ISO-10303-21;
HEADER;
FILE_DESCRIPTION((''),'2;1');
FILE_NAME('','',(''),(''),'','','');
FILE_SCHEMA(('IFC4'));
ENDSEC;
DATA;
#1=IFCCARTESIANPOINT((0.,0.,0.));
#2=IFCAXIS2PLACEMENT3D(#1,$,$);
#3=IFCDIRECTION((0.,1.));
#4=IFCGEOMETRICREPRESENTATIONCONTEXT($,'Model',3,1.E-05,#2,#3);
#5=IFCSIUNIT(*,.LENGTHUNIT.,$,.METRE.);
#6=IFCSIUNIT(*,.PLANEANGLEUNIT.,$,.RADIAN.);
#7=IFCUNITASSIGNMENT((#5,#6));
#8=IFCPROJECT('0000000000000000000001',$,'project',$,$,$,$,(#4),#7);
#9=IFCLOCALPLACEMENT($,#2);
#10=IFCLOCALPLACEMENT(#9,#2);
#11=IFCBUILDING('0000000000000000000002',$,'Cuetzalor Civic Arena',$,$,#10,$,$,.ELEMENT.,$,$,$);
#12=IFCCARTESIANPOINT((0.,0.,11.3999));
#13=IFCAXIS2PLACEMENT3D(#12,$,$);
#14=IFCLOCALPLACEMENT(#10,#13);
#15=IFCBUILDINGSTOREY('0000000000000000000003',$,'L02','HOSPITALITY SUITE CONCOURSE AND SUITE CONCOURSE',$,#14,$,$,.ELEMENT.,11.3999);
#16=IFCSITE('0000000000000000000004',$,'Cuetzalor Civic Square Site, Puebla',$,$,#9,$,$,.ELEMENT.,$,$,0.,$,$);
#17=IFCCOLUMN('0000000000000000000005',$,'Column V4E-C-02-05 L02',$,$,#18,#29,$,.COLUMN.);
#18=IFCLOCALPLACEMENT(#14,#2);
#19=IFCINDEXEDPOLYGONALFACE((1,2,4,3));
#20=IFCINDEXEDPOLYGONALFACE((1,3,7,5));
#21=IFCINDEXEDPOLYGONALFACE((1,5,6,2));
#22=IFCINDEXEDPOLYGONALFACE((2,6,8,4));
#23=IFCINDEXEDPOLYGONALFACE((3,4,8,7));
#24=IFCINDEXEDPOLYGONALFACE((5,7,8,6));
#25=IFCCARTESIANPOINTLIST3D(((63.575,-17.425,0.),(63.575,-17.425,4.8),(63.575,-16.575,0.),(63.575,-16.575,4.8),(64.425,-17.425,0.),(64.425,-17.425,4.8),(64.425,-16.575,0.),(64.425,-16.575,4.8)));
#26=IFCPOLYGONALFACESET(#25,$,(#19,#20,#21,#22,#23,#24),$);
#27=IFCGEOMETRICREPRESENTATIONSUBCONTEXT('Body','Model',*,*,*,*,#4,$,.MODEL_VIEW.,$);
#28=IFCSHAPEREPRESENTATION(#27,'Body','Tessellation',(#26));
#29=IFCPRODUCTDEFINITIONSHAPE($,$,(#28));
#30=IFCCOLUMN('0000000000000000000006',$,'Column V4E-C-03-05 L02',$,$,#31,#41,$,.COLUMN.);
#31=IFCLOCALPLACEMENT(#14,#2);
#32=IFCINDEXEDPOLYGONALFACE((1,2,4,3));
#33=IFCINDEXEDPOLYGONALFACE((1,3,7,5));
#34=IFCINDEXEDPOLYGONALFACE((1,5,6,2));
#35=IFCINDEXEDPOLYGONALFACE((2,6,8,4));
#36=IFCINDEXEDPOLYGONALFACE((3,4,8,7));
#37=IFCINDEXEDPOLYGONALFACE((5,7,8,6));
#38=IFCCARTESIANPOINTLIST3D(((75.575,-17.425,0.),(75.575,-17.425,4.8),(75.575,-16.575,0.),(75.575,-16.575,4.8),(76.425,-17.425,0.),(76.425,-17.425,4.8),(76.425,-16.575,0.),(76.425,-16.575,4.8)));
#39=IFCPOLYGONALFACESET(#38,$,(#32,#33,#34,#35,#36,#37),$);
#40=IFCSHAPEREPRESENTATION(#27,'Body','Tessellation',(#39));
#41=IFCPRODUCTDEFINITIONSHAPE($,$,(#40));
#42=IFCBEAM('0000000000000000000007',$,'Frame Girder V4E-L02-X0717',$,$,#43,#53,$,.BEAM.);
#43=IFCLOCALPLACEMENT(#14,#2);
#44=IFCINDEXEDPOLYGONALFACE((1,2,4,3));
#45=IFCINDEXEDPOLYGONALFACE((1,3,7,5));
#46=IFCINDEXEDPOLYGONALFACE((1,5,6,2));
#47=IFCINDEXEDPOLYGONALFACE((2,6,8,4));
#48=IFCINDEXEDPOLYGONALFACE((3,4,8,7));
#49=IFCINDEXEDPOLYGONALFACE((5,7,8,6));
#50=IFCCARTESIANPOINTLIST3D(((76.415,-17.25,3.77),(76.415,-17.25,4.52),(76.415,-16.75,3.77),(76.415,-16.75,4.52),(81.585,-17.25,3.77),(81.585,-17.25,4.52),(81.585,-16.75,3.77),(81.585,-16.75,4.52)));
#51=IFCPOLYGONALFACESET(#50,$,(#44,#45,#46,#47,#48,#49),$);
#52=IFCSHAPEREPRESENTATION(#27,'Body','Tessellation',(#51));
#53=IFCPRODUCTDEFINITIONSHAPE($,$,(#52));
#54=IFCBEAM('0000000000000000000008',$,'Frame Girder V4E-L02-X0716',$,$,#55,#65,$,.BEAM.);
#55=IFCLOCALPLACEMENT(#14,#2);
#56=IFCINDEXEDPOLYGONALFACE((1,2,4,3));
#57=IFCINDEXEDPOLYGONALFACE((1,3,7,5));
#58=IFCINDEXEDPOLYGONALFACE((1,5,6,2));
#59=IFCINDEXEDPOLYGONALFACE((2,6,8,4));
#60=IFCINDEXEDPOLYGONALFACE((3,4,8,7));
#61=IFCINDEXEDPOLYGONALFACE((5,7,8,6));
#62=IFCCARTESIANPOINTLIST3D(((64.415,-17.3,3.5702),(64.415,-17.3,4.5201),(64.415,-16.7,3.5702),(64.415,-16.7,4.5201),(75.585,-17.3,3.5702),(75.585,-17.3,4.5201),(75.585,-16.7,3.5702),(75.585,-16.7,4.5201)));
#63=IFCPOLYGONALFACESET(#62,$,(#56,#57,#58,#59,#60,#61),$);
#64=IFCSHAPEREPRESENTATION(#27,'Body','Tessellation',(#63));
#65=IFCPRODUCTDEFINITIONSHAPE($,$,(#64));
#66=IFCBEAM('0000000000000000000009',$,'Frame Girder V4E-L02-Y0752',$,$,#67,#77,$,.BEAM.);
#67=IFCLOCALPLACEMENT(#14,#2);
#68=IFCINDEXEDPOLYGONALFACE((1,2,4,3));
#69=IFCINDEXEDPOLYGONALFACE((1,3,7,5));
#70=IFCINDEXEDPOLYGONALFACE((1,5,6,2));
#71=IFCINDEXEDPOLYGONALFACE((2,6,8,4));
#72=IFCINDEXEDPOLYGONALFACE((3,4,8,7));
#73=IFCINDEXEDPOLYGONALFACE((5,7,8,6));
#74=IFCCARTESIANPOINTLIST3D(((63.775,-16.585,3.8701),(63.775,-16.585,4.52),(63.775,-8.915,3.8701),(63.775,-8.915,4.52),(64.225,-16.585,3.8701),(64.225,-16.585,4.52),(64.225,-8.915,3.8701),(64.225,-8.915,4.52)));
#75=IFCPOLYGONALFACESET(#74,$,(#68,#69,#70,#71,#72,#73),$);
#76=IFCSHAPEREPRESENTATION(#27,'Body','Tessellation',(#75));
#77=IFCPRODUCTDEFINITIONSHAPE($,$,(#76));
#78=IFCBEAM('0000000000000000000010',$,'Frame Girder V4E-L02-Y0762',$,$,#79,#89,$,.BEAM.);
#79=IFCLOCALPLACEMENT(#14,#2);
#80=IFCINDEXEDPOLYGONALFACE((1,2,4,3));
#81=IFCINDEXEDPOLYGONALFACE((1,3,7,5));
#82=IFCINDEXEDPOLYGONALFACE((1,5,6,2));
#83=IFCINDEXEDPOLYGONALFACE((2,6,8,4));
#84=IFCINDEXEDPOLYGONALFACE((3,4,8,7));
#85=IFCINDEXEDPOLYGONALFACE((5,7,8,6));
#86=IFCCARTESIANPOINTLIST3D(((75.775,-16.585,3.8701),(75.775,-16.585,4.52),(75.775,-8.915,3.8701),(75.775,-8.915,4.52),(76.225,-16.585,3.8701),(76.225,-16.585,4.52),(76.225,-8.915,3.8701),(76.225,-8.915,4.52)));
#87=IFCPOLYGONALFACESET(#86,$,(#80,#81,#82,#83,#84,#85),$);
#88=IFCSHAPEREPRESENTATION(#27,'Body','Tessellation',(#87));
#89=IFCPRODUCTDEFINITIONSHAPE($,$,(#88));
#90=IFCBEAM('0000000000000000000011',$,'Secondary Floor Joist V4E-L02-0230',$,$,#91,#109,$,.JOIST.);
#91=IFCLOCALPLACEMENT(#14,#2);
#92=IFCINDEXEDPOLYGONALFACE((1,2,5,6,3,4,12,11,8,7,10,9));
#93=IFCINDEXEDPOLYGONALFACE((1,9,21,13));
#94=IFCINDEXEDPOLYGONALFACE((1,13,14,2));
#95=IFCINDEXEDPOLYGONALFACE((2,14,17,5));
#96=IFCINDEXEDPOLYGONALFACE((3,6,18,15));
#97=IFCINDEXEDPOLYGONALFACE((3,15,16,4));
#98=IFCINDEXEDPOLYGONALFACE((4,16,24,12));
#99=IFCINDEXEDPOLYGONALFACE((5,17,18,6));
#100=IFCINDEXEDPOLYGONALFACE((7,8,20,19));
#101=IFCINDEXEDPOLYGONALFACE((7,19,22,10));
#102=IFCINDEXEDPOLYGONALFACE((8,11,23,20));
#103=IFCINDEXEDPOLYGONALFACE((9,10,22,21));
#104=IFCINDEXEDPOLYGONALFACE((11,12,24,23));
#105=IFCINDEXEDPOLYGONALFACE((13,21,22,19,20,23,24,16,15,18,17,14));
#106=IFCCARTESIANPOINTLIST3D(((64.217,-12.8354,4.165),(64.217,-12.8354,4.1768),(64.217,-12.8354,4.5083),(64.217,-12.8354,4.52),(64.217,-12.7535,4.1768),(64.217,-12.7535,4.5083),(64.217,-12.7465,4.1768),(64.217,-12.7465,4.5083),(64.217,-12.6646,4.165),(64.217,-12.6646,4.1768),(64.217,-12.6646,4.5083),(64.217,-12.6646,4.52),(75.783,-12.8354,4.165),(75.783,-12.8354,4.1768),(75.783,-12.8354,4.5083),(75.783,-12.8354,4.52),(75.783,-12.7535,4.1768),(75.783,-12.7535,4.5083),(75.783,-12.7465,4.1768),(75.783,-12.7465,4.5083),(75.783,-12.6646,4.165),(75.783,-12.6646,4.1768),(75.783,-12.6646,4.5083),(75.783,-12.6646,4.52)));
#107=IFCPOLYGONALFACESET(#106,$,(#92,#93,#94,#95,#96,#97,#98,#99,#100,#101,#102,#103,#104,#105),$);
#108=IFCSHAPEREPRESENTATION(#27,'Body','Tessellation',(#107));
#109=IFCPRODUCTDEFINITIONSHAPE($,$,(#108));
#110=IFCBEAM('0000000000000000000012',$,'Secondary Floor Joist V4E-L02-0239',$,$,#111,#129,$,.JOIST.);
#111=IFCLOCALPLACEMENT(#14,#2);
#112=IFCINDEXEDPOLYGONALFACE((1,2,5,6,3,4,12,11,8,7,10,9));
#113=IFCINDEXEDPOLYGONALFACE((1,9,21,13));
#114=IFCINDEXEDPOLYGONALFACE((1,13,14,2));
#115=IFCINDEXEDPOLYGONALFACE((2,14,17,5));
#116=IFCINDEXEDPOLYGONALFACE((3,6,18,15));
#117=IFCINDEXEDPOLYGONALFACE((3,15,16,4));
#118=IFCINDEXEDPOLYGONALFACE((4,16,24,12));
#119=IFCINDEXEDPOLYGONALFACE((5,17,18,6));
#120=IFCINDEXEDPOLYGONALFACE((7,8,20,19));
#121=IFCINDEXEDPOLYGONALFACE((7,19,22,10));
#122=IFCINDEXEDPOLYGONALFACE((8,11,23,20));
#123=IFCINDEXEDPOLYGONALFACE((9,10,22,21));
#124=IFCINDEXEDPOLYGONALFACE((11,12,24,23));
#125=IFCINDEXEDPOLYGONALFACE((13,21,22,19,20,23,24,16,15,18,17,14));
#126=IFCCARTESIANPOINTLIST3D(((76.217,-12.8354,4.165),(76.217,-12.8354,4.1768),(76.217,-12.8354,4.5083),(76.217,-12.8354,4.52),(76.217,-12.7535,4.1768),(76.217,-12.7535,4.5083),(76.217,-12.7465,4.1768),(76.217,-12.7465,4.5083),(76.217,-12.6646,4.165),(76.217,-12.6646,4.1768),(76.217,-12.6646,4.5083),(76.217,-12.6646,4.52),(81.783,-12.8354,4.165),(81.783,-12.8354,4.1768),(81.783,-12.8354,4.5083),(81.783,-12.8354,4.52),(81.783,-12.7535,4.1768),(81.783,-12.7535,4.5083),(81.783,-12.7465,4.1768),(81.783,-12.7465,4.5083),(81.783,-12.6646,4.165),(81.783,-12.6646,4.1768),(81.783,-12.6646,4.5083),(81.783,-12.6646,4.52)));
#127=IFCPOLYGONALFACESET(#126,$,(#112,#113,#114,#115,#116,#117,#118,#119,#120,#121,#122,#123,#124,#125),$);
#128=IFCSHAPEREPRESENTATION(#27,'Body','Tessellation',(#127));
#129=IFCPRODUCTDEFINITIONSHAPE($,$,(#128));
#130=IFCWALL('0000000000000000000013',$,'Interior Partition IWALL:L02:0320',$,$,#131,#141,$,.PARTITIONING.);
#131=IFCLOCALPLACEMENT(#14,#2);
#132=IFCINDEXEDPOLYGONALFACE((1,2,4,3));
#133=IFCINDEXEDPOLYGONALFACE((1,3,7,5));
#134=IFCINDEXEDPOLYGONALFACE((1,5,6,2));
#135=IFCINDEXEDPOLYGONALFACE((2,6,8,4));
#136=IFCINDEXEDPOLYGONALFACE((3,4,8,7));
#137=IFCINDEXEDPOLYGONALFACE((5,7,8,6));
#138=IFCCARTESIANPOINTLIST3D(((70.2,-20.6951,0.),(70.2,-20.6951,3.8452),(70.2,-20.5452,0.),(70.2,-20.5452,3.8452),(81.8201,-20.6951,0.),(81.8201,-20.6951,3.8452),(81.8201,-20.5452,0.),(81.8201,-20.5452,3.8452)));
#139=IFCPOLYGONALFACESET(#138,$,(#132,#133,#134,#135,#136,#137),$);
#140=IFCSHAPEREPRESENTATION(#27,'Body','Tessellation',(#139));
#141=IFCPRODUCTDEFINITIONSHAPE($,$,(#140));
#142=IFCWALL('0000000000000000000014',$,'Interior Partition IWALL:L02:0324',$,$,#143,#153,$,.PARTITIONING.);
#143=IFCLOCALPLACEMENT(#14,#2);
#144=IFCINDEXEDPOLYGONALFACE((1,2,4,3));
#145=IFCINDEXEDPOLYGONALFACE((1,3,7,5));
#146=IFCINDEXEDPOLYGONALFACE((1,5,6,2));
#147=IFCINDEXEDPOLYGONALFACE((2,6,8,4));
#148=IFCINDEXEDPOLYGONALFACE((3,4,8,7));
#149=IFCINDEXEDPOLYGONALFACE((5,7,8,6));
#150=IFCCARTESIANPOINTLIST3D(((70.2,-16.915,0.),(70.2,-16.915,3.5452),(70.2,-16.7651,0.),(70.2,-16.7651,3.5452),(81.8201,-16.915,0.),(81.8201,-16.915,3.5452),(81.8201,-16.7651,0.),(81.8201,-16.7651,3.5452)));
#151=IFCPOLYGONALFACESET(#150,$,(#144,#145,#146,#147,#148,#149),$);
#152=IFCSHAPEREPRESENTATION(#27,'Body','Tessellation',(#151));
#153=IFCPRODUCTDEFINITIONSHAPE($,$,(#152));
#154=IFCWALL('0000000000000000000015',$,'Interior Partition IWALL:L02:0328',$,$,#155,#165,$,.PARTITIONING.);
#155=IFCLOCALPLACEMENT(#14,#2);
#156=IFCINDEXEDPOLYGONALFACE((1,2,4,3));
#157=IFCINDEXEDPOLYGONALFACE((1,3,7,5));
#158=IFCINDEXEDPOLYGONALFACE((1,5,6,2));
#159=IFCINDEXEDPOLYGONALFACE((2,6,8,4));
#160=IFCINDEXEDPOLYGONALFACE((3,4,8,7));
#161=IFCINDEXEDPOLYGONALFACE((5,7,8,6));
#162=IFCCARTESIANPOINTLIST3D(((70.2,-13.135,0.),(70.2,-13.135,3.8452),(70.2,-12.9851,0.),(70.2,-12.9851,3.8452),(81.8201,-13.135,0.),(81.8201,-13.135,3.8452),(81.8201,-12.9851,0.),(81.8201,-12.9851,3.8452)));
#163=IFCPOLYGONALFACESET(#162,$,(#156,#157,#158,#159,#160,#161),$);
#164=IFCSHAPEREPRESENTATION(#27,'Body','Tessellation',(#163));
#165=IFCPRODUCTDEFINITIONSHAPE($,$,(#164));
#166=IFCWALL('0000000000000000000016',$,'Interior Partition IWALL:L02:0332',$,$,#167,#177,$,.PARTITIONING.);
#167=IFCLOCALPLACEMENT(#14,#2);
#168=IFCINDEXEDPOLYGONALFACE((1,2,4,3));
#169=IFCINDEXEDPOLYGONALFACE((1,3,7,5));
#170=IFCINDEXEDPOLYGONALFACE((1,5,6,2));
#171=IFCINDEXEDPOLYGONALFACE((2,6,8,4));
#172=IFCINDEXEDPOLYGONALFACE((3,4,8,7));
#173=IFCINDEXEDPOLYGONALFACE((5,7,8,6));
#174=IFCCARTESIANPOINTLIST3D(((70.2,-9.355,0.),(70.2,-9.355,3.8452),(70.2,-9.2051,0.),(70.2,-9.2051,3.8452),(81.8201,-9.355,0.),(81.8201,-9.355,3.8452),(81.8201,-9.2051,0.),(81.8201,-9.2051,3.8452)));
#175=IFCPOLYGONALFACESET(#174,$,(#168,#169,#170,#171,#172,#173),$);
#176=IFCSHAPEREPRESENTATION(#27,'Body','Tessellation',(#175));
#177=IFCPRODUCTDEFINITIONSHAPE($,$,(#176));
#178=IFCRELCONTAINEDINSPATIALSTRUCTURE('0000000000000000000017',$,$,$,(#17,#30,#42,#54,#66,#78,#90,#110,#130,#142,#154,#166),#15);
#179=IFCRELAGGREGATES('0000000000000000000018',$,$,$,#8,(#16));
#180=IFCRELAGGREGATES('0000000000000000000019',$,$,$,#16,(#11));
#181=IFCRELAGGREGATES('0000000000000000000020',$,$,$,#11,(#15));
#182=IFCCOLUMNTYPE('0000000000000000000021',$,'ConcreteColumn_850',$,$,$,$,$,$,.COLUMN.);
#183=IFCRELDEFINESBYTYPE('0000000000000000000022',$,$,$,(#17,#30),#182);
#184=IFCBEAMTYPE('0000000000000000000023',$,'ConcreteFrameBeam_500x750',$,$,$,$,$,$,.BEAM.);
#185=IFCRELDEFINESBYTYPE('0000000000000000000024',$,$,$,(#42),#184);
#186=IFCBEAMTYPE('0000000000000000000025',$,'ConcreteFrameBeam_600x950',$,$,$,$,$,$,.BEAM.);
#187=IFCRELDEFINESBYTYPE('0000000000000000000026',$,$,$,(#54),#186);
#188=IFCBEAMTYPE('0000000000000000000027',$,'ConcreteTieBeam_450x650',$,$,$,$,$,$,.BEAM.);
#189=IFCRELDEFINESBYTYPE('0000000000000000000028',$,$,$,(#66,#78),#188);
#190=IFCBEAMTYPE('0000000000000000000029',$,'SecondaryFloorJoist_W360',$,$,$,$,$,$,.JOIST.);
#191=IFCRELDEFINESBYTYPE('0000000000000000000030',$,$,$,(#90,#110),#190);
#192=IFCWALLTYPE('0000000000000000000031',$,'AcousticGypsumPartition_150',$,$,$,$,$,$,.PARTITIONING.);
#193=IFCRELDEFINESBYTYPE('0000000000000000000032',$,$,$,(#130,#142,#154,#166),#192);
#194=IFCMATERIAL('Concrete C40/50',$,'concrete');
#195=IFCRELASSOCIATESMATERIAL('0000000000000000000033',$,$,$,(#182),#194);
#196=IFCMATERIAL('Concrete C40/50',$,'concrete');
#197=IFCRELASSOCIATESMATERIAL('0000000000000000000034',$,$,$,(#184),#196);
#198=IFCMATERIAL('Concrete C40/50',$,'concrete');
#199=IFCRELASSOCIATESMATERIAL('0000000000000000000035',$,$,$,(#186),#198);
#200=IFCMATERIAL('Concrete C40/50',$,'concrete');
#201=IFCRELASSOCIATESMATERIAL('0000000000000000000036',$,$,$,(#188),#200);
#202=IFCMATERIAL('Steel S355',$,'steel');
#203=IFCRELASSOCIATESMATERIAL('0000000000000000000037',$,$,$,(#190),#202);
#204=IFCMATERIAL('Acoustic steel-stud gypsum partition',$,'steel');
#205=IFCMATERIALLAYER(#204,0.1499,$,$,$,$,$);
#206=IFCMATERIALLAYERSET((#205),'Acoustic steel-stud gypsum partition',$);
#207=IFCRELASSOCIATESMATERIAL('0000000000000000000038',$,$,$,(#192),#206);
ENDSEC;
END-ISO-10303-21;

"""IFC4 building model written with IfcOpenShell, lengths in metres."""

from ifc_helpers import new_model, si_unit, direction, frame, frame_2d, origin, origin_2d, place, context, subcontext, project, spatial, rectangle, i_section, extrude, material, layer, layer_set, material_profile, profile_set, type_object, element, save


model = new_model("IFC4")

# Units and contexts
model_context = context("Model", 3, precision=1e-05, world=origin(), true_north=direction((0.0, 1.0)))
body_context = subcontext(model_context, "Body", "Model", "MODEL_VIEW")
ifc_project = project(units=[si_unit("LENGTHUNIT", "METRE"), si_unit("PLANEANGLEUNIT", "RADIAN")], contexts=[model_context])

# Site, building, storey
site_placement = place(None, origin())
site = spatial("IfcSite", under=ifc_project, at=site_placement, Name="Cuetzalor Civic Square Site, Puebla", CompositionType="ELEMENT", RefElevation=0.0)
building_placement = place(site_placement, origin())
building = spatial("IfcBuilding", under=site, at=building_placement, Name="Cuetzalor Civic Arena", CompositionType="ELEMENT")
storey_placement = place(building_placement, frame((0.0, 0.0, 11.3999)))
storey = spatial("IfcBuildingStorey", under=building, at=storey_placement, Name="L02", Description="HOSPITALITY SUITE CONCOURSE AND SUITE CONCOURSE", CompositionType="ELEMENT", Elevation=11.3999)

# Columns
ifc_material_1 = material(Name="Concrete C40/50", Category="concrete")
ifc_material_profile_1 = material_profile(ifc_material_1, rectangle(XDim=0.8501, YDim=0.8501, at=origin_2d()), Name="RC 850x850")
ifc_profile_set_1 = profile_set([ifc_material_profile_1], Name="Concrete C40/50")
column_type = type_object("IfcColumnType", Name="ConcreteColumn_850", PredefinedType="COLUMN", material=ifc_profile_set_1)
for number, where, z_axis, x_axis, name in (
    (1, (64.0, -17.0, 0.0), (0.0, 0.0, 1.0), (1.0, 0.0, 0.0), "Column V4E-C-02-05 L02"),
    (2, (76.0, -17.0, 0.0), (0.0, 0.0, 1.0), (1.0, 0.0, 0.0), "Column V4E-C-03-05 L02"),
):
    element("IfcColumn", number, at=place(storey_placement, frame(where, z_axis=z_axis, x_axis=x_axis)), inside=storey, type_object=column_type, Name=name, PredefinedType="COLUMN", context=body_context, shape_type="SweptSolid", body=[
        extrude(rectangle(XDim=0.8501, YDim=0.8501, at=origin_2d()), origin(), (0.0, 0.0, 1.0), 4.8),
    ])

# Beams
ifc_material_2 = material(Name="Concrete C40/50", Category="concrete")
ifc_material_profile_2 = material_profile(ifc_material_2, rectangle(XDim=0.5, YDim=0.75, at=origin_2d()), Name="RC 500x750")
ifc_profile_set_2 = profile_set([ifc_material_profile_2], Name="Concrete C40/50")
beam_type_1 = type_object("IfcBeamType", Name="ConcreteFrameBeam_500x750", PredefinedType="BEAM", material=ifc_profile_set_2)
beam_1_placement = place(storey_placement, frame((76.415, -17.0, 4.145), z_axis=(1.0, 0.0, 0.0), x_axis=(0.0, 1.0, 0.0)))
element("IfcBeam", 3, at=beam_1_placement, inside=storey, type_object=beam_type_1, Name="Frame Girder V4E-L02-X0717", PredefinedType="BEAM", context=body_context, shape_type="SweptSolid", body=[
    extrude(rectangle(XDim=0.5, YDim=0.75, at=origin_2d()), origin(), (0.0, 0.0, 1.0), 5.1699),
])
ifc_material_3 = material(Name="Concrete C40/50", Category="concrete")
ifc_material_profile_3 = material_profile(ifc_material_3, rectangle(XDim=0.6001, YDim=0.95, at=origin_2d()), Name="RC 600x950")
ifc_profile_set_3 = profile_set([ifc_material_profile_3], Name="Concrete C40/50")
beam_type_2 = type_object("IfcBeamType", Name="ConcreteFrameBeam_600x950", PredefinedType="BEAM", material=ifc_profile_set_3)
beam_2_placement = place(storey_placement, frame((64.415, -17.0, 4.0452), z_axis=(1.0, 0.0, 0.0), x_axis=(0.0, 1.0, 0.0)))
element("IfcBeam", 4, at=beam_2_placement, inside=storey, type_object=beam_type_2, Name="Frame Girder V4E-L02-X0716", PredefinedType="BEAM", context=body_context, shape_type="SweptSolid", body=[
    extrude(rectangle(XDim=0.6001, YDim=0.95, at=origin_2d()), origin(), (0.0, 0.0, 1.0), 11.1699),
])
ifc_material_4 = material(Name="Concrete C40/50", Category="concrete")
ifc_material_profile_4 = material_profile(ifc_material_4, rectangle(XDim=0.45, YDim=0.6499, at=origin_2d()), Name="RC 450x650")
ifc_profile_set_4 = profile_set([ifc_material_profile_4], Name="Concrete C40/50")
beam_type_3 = type_object("IfcBeamType", Name="ConcreteTieBeam_450x650", PredefinedType="BEAM", material=ifc_profile_set_4)
for number, where, z_axis, x_axis, name in (
    (5, (64.0, -16.585, 4.1951), (0.0, 1.0, 0.0), (-1.0, 0.0, 0.0), "Frame Girder V4E-L02-Y0752"),
    (6, (76.0, -16.585, 4.1951), (0.0, 1.0, 0.0), (-1.0, 0.0, 0.0), "Frame Girder V4E-L02-Y0762"),
):
    element("IfcBeam", number, at=place(storey_placement, frame(where, z_axis=z_axis, x_axis=x_axis)), inside=storey, type_object=beam_type_3, Name=name, PredefinedType="BEAM", context=body_context, shape_type="SweptSolid", body=[
        extrude(rectangle(XDim=0.45, YDim=0.6499, at=origin_2d()), origin(), (0.0, 0.0, 1.0), 7.6699),
    ])
ifc_material_5 = material(Name="Steel S355", Category="steel")
ifc_material_profile_5 = material_profile(ifc_material_5, i_section(OverallWidth=0.1709, OverallDepth=0.355, WebThickness=0.0071, FlangeThickness=0.0117, at=origin_2d()), Name="W360x51")
ifc_profile_set_5 = profile_set([ifc_material_profile_5], Name="Steel S355")
beam_type_4 = type_object("IfcBeamType", Name="SecondaryFloorJoist_W360", PredefinedType="JOIST", material=ifc_profile_set_5)
beam_3_placement = place(storey_placement, frame((64.217, -12.75, 4.3425), z_axis=(1.0, 0.0, 0.0), x_axis=(0.0, 1.0, 0.0)))
element("IfcBeam", 7, at=beam_3_placement, inside=storey, type_object=beam_type_4, Name="Secondary Floor Joist V4E-L02-0230", PredefinedType="JOIST", context=body_context, shape_type="SweptSolid", body=[
    extrude(i_section(OverallWidth=0.1709, OverallDepth=0.355, WebThickness=0.0071, FlangeThickness=0.0117, at=origin_2d()), origin(), (0.0, 0.0, 1.0), 11.5659),
])
beam_4_placement = place(storey_placement, frame((76.217, -12.75, 4.3425), z_axis=(1.0, 0.0, 0.0), x_axis=(0.0, 1.0, 0.0)))
element("IfcBeam", 8, at=beam_4_placement, inside=storey, type_object=beam_type_4, Name="Secondary Floor Joist V4E-L02-0239", PredefinedType="JOIST", context=body_context, shape_type="SweptSolid", body=[
    extrude(i_section(OverallWidth=0.1709, OverallDepth=0.355, WebThickness=0.0071, FlangeThickness=0.0117, at=origin_2d()), origin(), (0.0, 0.0, 1.0), 5.5659),
])

# Walls
ifc_material_6 = material(Name="Acoustic steel-stud gypsum partition", Category="steel")
ifc_layer_1 = layer(ifc_material_6, 0.1499)
ifc_layer_set_1 = layer_set([ifc_layer_1], Name="Acoustic steel-stud gypsum partition")
wall_type_1 = type_object("IfcWallType", Name="AcousticGypsumPartition_150", PredefinedType="PARTITIONING", material=ifc_layer_set_1)
wall_1_placement = place(storey_placement, frame((70.2, -20.6201, 0.0), z_axis=(0.0, 0.0, 1.0), x_axis=(1.0, 0.0, 0.0)))
element("IfcWall", 9, at=wall_1_placement, inside=storey, type_object=wall_type_1, Name="Interior Partition IWALL:L02:0320", PredefinedType="PARTITIONING", context=body_context, shape_type="SweptSolid", body=[
    extrude(rectangle(XDim=11.6201, YDim=0.1499, at=frame_2d((5.8101, 0.0))), origin(), (0.0, 0.0, 1.0), 3.8452),
])
wall_2_placement = place(storey_placement, frame((70.2, -16.8401, 0.0), z_axis=(0.0, 0.0, 1.0), x_axis=(1.0, 0.0, 0.0)))
element("IfcWall", 10, at=wall_2_placement, inside=storey, type_object=wall_type_1, Name="Interior Partition IWALL:L02:0324", PredefinedType="PARTITIONING", context=body_context, shape_type="SweptSolid", body=[
    extrude(rectangle(XDim=11.6201, YDim=0.1499, at=frame_2d((5.8101, 0.0))), origin(), (0.0, 0.0, 1.0), 3.5452),
])
for number, where, z_axis, x_axis, name in (
    (11, (70.2, -13.0601, 0.0), (0.0, 0.0, 1.0), (1.0, 0.0, 0.0), "Interior Partition IWALL:L02:0328"),
    (12, (70.2, -9.28, 0.0), (0.0, 0.0, 1.0), (1.0, 0.0, 0.0), "Interior Partition IWALL:L02:0332"),
):
    element("IfcWall", number, at=place(storey_placement, frame(where, z_axis=z_axis, x_axis=x_axis)), inside=storey, type_object=wall_type_1, Name=name, PredefinedType="PARTITIONING", context=body_context, shape_type="SweptSolid", body=[
        extrude(rectangle(XDim=11.6201, YDim=0.1499, at=frame_2d((5.8101, 0.0))), origin(), (0.0, 0.0, 1.0), 3.8452),
    ])

save(model, "model.ifc")
